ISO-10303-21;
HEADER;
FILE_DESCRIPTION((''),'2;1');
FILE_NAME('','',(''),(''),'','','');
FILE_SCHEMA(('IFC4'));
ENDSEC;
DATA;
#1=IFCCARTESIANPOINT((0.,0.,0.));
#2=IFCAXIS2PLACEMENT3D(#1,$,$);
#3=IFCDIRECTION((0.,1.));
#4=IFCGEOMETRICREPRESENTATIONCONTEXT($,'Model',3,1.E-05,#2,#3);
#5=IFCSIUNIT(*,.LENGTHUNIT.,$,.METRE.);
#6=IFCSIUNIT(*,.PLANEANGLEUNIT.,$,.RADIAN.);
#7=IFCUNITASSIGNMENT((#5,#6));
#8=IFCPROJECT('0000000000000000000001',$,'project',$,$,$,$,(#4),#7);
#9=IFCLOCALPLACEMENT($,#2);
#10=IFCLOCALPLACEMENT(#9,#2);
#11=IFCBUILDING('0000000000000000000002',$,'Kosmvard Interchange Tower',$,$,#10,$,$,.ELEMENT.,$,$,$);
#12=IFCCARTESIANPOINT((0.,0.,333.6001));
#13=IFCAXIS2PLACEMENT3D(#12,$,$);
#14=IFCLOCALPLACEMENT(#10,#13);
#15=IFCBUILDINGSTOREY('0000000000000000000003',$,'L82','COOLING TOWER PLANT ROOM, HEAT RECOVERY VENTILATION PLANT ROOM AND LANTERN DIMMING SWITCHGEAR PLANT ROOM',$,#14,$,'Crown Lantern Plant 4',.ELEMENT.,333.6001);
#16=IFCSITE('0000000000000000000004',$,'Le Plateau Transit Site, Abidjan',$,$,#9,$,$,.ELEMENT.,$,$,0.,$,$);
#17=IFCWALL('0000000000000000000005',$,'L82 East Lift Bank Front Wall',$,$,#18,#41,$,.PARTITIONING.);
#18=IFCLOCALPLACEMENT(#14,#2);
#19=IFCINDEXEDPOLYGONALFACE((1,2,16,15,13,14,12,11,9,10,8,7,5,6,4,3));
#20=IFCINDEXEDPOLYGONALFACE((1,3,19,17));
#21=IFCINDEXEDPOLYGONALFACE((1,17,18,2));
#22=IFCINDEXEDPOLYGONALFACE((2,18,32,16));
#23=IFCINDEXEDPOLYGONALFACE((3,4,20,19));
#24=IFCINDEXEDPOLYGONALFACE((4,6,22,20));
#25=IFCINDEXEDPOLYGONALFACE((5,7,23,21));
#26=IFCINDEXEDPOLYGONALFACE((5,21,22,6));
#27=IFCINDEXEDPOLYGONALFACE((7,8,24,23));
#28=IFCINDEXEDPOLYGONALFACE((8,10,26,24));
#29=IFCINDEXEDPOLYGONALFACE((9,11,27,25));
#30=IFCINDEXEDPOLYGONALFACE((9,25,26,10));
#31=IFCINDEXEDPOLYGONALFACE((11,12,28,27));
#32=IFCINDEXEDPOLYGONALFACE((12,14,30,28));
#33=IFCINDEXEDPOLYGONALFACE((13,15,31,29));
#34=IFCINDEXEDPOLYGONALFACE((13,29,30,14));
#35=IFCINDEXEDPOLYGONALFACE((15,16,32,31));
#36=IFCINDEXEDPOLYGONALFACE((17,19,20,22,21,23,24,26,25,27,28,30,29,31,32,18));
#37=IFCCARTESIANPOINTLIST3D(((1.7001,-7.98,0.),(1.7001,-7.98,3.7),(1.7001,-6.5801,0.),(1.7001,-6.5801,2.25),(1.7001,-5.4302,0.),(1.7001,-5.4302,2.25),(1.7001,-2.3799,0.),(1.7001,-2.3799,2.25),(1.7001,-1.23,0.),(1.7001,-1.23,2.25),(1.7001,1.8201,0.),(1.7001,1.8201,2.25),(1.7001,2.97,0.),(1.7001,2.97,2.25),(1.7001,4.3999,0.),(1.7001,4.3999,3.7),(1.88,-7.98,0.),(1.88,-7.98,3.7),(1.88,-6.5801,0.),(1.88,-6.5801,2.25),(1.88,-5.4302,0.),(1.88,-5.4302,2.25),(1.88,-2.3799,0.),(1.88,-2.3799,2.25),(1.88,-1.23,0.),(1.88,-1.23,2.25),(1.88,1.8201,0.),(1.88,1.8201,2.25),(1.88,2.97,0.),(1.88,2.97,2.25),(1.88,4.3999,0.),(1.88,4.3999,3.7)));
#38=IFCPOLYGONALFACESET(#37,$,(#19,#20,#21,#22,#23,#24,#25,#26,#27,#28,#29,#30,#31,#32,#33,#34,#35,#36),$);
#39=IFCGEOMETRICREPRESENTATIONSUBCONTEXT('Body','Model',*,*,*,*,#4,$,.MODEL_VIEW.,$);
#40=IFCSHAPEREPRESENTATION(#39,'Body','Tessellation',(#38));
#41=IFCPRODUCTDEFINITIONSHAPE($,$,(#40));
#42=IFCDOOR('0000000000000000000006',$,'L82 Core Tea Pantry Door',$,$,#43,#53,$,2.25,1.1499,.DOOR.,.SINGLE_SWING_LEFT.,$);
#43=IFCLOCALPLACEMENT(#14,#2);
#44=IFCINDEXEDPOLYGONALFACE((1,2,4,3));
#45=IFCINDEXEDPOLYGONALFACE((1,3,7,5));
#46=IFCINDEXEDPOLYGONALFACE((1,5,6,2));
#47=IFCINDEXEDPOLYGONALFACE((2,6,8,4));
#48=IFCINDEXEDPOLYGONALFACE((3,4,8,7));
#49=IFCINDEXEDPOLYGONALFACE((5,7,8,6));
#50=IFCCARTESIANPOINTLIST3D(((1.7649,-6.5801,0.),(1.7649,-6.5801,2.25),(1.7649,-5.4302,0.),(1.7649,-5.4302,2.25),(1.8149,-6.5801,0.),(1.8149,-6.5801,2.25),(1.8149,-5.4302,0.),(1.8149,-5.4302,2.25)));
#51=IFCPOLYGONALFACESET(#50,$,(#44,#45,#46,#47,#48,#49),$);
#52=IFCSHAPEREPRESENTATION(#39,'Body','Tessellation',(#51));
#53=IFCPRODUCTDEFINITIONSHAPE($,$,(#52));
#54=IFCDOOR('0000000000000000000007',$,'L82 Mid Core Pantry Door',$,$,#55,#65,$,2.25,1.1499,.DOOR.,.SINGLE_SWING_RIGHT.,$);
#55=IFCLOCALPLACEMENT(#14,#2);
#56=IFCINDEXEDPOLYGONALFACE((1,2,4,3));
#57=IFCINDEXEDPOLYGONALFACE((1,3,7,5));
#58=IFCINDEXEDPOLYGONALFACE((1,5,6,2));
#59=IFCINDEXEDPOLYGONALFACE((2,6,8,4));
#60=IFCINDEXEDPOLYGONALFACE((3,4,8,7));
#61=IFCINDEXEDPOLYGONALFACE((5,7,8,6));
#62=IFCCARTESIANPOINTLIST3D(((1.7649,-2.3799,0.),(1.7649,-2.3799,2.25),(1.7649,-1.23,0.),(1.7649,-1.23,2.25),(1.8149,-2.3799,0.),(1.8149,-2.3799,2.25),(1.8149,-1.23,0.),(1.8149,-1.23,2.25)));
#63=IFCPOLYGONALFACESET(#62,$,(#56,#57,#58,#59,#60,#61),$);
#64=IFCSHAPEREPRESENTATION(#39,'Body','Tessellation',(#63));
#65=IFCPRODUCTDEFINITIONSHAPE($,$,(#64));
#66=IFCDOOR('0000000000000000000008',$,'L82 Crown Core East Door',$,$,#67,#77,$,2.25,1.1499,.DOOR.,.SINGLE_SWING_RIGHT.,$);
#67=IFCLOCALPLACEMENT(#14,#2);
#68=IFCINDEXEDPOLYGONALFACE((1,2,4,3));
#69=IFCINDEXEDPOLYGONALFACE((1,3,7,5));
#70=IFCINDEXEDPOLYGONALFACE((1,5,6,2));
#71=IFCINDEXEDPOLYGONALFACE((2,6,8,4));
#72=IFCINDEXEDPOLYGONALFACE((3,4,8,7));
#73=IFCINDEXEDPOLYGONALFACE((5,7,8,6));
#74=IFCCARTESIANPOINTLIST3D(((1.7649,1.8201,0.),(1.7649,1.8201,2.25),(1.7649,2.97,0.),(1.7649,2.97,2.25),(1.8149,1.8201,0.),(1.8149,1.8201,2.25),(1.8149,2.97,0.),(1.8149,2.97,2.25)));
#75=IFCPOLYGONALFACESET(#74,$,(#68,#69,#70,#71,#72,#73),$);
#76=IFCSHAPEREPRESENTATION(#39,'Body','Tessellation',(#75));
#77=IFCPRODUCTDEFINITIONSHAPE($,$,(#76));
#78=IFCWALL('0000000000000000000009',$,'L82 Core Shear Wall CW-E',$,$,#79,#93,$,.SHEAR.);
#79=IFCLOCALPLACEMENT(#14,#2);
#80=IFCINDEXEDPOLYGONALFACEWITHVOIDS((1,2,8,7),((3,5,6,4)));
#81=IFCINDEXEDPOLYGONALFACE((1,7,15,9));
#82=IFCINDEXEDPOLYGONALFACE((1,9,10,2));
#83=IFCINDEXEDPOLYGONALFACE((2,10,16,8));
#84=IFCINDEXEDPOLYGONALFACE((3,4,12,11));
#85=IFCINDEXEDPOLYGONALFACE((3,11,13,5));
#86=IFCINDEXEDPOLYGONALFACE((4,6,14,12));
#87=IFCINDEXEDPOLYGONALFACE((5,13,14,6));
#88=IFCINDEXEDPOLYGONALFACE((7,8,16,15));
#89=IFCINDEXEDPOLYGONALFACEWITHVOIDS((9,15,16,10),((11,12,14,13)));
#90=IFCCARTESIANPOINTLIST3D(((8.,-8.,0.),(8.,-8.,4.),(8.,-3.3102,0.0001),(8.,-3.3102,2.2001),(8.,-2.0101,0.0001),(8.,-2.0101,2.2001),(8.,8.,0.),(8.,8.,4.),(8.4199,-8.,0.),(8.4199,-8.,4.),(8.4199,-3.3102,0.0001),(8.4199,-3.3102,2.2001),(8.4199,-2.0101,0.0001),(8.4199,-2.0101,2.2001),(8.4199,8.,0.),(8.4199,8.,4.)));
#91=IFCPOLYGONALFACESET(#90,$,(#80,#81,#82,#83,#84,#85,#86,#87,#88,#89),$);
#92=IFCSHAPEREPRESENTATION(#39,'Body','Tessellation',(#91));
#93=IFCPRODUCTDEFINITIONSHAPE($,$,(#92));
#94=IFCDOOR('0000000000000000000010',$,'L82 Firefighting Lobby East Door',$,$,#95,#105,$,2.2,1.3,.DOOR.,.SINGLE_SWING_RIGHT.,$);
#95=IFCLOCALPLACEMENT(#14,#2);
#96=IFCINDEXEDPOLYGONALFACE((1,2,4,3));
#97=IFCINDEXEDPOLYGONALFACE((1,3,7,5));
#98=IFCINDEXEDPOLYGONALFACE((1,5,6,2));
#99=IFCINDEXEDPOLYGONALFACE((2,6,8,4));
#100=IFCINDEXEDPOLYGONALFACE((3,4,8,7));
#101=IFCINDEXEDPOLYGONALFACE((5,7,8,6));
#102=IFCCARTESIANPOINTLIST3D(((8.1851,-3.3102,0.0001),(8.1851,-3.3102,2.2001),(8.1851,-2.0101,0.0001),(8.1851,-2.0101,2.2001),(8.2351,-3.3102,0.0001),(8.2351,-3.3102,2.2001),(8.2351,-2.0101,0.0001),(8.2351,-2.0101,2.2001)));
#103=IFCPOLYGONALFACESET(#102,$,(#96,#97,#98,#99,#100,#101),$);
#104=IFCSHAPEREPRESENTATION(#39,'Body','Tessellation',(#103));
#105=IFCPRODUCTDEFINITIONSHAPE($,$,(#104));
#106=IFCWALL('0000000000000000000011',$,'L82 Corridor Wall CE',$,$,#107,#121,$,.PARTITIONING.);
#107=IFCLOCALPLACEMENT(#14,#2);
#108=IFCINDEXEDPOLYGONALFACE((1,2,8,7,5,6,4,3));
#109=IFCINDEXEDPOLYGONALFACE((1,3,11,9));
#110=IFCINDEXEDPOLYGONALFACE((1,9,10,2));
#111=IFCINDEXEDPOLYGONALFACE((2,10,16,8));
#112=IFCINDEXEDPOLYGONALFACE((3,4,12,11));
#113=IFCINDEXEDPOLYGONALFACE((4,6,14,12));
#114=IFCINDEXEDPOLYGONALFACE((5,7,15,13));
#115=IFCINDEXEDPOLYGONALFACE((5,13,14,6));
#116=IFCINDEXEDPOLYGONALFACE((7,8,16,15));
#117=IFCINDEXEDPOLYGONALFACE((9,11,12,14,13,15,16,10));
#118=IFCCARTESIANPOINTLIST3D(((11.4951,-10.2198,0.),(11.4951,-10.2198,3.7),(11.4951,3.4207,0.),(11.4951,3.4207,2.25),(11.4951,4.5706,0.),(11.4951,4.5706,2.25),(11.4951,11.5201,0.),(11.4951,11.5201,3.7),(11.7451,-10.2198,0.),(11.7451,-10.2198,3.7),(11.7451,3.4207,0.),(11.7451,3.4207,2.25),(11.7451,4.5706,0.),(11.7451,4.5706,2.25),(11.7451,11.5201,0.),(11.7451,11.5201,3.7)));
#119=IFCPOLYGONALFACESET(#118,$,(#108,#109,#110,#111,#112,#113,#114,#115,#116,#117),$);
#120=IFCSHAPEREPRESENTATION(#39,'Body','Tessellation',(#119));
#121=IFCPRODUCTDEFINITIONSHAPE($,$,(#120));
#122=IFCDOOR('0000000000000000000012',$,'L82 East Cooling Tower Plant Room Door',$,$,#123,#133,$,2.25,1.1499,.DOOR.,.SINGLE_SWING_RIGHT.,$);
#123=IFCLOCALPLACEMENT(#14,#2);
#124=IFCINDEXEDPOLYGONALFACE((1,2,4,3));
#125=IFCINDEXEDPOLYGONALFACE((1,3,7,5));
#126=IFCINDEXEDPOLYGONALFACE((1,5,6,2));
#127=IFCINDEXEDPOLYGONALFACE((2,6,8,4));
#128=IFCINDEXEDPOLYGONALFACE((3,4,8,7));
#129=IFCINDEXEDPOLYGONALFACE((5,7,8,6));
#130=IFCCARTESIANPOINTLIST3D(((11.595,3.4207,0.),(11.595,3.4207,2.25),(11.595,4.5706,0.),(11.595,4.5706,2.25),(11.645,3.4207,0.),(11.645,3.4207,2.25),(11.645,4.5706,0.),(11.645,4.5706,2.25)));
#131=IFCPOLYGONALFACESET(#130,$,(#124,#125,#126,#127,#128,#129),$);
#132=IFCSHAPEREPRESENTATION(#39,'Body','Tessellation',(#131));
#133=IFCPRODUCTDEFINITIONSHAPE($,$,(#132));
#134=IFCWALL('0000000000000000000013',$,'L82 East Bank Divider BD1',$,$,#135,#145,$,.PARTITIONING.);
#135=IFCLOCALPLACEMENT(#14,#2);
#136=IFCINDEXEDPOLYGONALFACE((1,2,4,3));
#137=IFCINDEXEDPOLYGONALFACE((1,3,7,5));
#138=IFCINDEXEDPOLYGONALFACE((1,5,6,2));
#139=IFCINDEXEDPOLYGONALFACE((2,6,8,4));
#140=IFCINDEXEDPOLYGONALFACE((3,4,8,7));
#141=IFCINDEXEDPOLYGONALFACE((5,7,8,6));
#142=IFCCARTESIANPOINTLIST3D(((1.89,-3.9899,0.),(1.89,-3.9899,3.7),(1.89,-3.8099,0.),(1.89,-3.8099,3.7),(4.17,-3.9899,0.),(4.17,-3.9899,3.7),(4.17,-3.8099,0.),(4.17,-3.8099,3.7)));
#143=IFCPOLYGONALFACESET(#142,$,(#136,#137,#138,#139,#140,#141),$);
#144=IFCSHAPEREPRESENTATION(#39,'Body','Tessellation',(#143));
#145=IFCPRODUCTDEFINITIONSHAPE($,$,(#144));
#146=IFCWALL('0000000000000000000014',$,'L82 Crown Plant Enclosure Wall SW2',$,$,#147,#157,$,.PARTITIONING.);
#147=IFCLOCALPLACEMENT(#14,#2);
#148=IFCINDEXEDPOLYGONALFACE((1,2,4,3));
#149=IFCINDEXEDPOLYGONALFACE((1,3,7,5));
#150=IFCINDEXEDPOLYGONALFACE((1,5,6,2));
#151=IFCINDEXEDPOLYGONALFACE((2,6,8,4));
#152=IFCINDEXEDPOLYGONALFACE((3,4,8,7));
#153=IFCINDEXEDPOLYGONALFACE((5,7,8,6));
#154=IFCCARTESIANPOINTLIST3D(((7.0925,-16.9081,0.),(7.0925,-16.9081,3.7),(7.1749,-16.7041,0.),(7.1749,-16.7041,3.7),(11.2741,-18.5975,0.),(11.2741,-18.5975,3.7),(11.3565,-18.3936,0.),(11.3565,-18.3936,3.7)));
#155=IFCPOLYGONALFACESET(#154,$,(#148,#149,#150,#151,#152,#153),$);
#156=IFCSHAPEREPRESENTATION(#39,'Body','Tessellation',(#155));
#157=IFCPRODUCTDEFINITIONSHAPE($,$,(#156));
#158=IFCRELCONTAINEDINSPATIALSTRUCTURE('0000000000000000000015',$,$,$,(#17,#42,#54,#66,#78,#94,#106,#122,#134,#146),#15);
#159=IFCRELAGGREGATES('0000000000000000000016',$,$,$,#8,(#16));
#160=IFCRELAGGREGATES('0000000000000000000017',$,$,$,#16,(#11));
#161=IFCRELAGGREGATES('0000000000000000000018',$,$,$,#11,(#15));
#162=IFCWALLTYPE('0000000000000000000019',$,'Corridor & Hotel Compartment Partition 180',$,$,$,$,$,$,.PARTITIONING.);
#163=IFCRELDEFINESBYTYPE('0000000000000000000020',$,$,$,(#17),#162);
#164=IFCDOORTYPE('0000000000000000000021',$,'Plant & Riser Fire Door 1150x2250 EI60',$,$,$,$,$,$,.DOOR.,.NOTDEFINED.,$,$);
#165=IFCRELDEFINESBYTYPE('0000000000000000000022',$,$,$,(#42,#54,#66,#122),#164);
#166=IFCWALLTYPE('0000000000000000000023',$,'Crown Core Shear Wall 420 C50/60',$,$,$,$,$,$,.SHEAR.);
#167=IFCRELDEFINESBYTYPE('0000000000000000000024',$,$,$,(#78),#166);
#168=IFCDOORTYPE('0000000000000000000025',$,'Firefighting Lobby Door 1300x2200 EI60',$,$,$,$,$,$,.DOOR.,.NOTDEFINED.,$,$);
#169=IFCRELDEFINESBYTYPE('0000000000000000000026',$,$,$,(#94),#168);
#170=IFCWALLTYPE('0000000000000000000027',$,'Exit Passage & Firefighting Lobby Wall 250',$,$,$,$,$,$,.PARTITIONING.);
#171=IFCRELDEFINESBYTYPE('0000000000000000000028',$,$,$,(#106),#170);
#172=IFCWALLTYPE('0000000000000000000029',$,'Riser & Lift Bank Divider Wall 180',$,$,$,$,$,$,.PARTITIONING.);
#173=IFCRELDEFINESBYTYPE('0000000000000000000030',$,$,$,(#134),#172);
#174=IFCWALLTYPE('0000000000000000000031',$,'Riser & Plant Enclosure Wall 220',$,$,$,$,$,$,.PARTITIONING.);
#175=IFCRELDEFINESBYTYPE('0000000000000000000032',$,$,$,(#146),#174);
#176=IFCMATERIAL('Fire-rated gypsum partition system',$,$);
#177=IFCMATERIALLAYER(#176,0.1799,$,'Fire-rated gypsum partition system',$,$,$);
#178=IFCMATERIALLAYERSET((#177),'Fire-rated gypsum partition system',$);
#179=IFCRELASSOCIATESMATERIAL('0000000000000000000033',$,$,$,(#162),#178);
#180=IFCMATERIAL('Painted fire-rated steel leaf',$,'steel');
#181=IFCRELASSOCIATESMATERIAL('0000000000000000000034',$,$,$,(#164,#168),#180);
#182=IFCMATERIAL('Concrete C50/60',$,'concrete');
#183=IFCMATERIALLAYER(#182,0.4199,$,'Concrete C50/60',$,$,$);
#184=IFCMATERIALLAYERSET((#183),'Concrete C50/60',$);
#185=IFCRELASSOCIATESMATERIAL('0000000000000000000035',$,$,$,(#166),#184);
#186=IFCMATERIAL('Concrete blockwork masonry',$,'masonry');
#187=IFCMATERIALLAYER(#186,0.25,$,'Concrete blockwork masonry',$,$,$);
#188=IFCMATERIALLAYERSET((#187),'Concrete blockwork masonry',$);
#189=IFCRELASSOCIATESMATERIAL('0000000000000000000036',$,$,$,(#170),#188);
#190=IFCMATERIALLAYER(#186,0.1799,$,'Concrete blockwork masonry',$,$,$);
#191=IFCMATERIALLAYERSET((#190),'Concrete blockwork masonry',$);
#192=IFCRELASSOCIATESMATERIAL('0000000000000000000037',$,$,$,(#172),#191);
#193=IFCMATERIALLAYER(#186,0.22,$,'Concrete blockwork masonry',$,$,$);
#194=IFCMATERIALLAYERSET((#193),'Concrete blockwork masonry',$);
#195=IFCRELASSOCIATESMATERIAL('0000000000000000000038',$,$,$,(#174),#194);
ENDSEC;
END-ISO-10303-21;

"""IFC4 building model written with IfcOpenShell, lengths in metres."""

from ifc_helpers import new_model, si_unit, direction, frame, frame_2d, origin, place, context, subcontext, project, spatial, rectangle, extrude, source, transform, mapped, material, layer, layer_set, type_object, element, fill, save


model = new_model("IFC4")

# Units and contexts
model_context = context("Model", 3, precision=1e-05, world=origin(), true_north=direction((0.0, 1.0)))
body_context = subcontext(model_context, "Body", "Model", "MODEL_VIEW")
ifc_project = project(units=[si_unit("LENGTHUNIT", "METRE"), si_unit("PLANEANGLEUNIT", "RADIAN")], contexts=[model_context])

# Site, building, storey
site_placement = place(None, origin())
site = spatial("IfcSite", under=ifc_project, at=site_placement, Name="Le Plateau Transit Site, Abidjan", CompositionType="ELEMENT", RefElevation=0.0)
building_placement = place(site_placement, origin())
building = spatial("IfcBuilding", under=site, at=building_placement, Name="Kosmvard Interchange Tower", CompositionType="ELEMENT")
storey_placement = place(building_placement, frame((0.0, 0.0, 333.6001)))
storey = spatial("IfcBuildingStorey", under=building, at=storey_placement, Name="L82", Description="COOLING TOWER PLANT ROOM, HEAT RECOVERY VENTILATION PLANT ROOM AND LANTERN DIMMING SWITCHGEAR PLANT ROOM", LongName="Crown Lantern Plant 4", CompositionType="ELEMENT", Elevation=333.6001)

# Shared definitions
ifc_material_1 = material(Name="Concrete C50/60", Category="concrete")

# Wall, openings, doors
ifc_material_2 = material(Name="Fire-rated gypsum partition system")
ifc_layer_1 = layer(ifc_material_2, 0.1799, Name="Fire-rated gypsum partition system")
ifc_layer_set_1 = layer_set([ifc_layer_1], Name="Fire-rated gypsum partition system")
wall_type_1 = type_object("IfcWallType", Name="Corridor & Hotel Compartment Partition 180", PredefinedType="PARTITIONING", material=ifc_layer_set_1)
wall_1_placement = place(storey_placement, frame((1.79, -7.98, 0.0), z_axis=(0.0, 0.0, 1.0), x_axis=(0.0, 1.0, 0.0)))
wall_1 = element("IfcWall", 1, at=wall_1_placement, inside=storey, type_object=wall_type_1, Name="L82 East Lift Bank Front Wall", PredefinedType="PARTITIONING", context=body_context, shape_type="SweptSolid", body=[
    extrude(rectangle(XDim=12.3799, YDim=0.1799, at=frame_2d((6.1899, 0.0))), origin(), (0.0, 0.0, 1.0), 3.7),
])
opening_1_placement = place(wall_1_placement, frame((1.3999, 0.0, 0.0)))
opening_1 = element("IfcOpeningElement", 2, at=opening_1_placement, cuts=wall_1, PredefinedType="OPENING", context=body_context, shape_type="SweptSolid", body=[
    extrude(rectangle(XDim=1.1499, YDim=2.25, at=frame_2d((0.575, 1.125))), frame((0.0, 0.1001, 0.0), z_axis=(0.0, -1.0, 0.0), x_axis=(1.0, 0.0, 0.0)), (0.0, 0.0, 1.0), 0.2),
])
opening_2_placement = place(wall_1_placement, frame((5.6001, 0.0, 0.0)))
opening_2 = element("IfcOpeningElement", 3, at=opening_2_placement, cuts=wall_1, PredefinedType="OPENING", context=body_context, shape_type="SweptSolid", body=[
    extrude(rectangle(XDim=1.1499, YDim=2.25, at=frame_2d((0.575, 1.125))), frame((0.0, 0.1001, 0.0), z_axis=(0.0, -1.0, 0.0), x_axis=(1.0, 0.0, 0.0)), (0.0, 0.0, 1.0), 0.2),
])
opening_3_placement = place(wall_1_placement, frame((9.8, 0.0, 0.0)))
opening_3 = element("IfcOpeningElement", 4, at=opening_3_placement, cuts=wall_1, PredefinedType="OPENING", context=body_context, shape_type="SweptSolid", body=[
    extrude(rectangle(XDim=1.1499, YDim=2.25, at=frame_2d((0.575, 1.125))), frame((0.0, 0.1001, 0.0), z_axis=(0.0, -1.0, 0.0), x_axis=(1.0, 0.0, 0.0)), (0.0, 0.0, 1.0), 0.2),
])
ifc_material_3 = material(Name="Painted fire-rated steel leaf", Category="steel")
door_type_1 = type_object("IfcDoorType", Name="Plant & Riser Fire Door 1150x2250 EI60", OperationType="NOTDEFINED", PredefinedType="DOOR", material=ifc_material_3)
shared_shape_1 = source(origin(), body_context, "Body", "SweptSolid", [
    extrude(rectangle(XDim=1.1499, YDim=2.25, at=frame_2d((0.575, 1.125))), frame((0.0, 0.0249, 0.0), z_axis=(0.0, -1.0, 0.0), x_axis=(1.0, 0.0, 0.0)), (0.0, 0.0, 1.0), 0.05),
])
door_1_placement = place(opening_1_placement, frame((1.1499, 0.0, 0.0), z_axis=(0.0, 0.0, 1.0), x_axis=(-1.0, 0.0, 0.0)))
door_1 = element("IfcDoor", 5, at=door_1_placement, inside=storey, type_object=door_type_1, Name="L82 Core Tea Pantry Door", OperationType="SINGLE_SWING_LEFT", OverallHeight=2.25, OverallWidth=1.1499, PredefinedType="DOOR", context=body_context, shape_type="MappedRepresentation", body=[
    mapped(shared_shape_1, transform((0.0, 0.0, 0.0), scale=1.0)),
])
fill(opening_1, door_1)
door_2_placement = place(opening_2_placement, frame((1.1499, 0.0, 0.0), z_axis=(0.0, 0.0, 1.0), x_axis=(-1.0, 0.0, 0.0)))
door_2 = element("IfcDoor", 6, at=door_2_placement, inside=storey, type_object=door_type_1, Name="L82 Mid Core Pantry Door", OperationType="SINGLE_SWING_RIGHT", OverallHeight=2.25, OverallWidth=1.1499, PredefinedType="DOOR", context=body_context, shape_type="MappedRepresentation", body=[
    mapped(shared_shape_1, transform((0.0, 0.0, 0.0), scale=1.0)),
])
fill(opening_2, door_2)
door_3_placement = place(opening_3_placement, frame((1.1499, 0.0, 0.0), z_axis=(0.0, 0.0, 1.0), x_axis=(-1.0, 0.0, 0.0)))
door_3 = element("IfcDoor", 7, at=door_3_placement, inside=storey, type_object=door_type_1, Name="L82 Crown Core East Door", OperationType="SINGLE_SWING_RIGHT", OverallHeight=2.25, OverallWidth=1.1499, PredefinedType="DOOR", context=body_context, shape_type="MappedRepresentation", body=[
    mapped(shared_shape_1, transform((0.0, 0.0, 0.0), scale=1.0)),
])
fill(opening_3, door_3)

# Walls, openings, doors
ifc_layer_2 = layer(ifc_material_1, 0.4199, Name="Concrete C50/60")
ifc_layer_set_2 = layer_set([ifc_layer_2], Name="Concrete C50/60")
wall_type_2 = type_object("IfcWallType", Name="Crown Core Shear Wall 420 C50/60", PredefinedType="SHEAR", material=ifc_layer_set_2)
wall_2_placement = place(storey_placement, frame((8.21, -8.0, 0.0), z_axis=(0.0, 0.0, 1.0), x_axis=(0.0, 1.0, 0.0)))
wall_2 = element("IfcWall", 8, at=wall_2_placement, inside=storey, type_object=wall_type_2, Name="L82 Core Shear Wall CW-E", PredefinedType="SHEAR", context=body_context, shape_type="SweptSolid", body=[
    extrude(rectangle(XDim=16.0, YDim=0.4199, at=frame_2d((8.0, 0.0))), origin(), (0.0, 0.0, 1.0), 4.0),
])
opening_4_placement = place(wall_2_placement, frame((4.6899, 0.0, 0.0)))
opening_4 = element("IfcOpeningElement", 9, at=opening_4_placement, cuts=wall_2, PredefinedType="OPENING", context=body_context, shape_type="SweptSolid", body=[
    extrude(rectangle(XDim=1.3, YDim=2.2, at=frame_2d((0.6499, 1.1001))), frame((0.0, 0.22, 0.0), z_axis=(0.0, -1.0, 0.0), x_axis=(1.0, 0.0, 0.0)), (0.0, 0.0, 1.0), 0.4399),
])
door_type_2 = type_object("IfcDoorType", Name="Firefighting Lobby Door 1300x2200 EI60", OperationType="NOTDEFINED", PredefinedType="DOOR", material=ifc_material_3)
shared_shape_2 = source(origin(), body_context, "Body", "SweptSolid", [
    extrude(rectangle(XDim=1.3, YDim=2.2, at=frame_2d((0.6499, 1.1001))), frame((0.0, 0.0249, 0.0), z_axis=(0.0, -1.0, 0.0), x_axis=(1.0, 0.0, 0.0)), (0.0, 0.0, 1.0), 0.05),
])
door_4_placement = place(opening_4_placement, origin())
door_4 = element("IfcDoor", 10, at=door_4_placement, inside=storey, type_object=door_type_2, Name="L82 Firefighting Lobby East Door", OperationType="SINGLE_SWING_RIGHT", OverallHeight=2.2, OverallWidth=1.3, PredefinedType="DOOR", context=body_context, shape_type="MappedRepresentation", body=[
    mapped(shared_shape_2, transform((0.0, 0.0, 0.0), scale=1.0)),
])
fill(opening_4, door_4)
ifc_material_4 = material(Name="Concrete blockwork masonry", Category="masonry")
ifc_layer_3 = layer(ifc_material_4, 0.25, Name="Concrete blockwork masonry")
ifc_layer_set_3 = layer_set([ifc_layer_3], Name="Concrete blockwork masonry")
wall_type_3 = type_object("IfcWallType", Name="Exit Passage & Firefighting Lobby Wall 250", PredefinedType="PARTITIONING", material=ifc_layer_set_3)
wall_3_placement = place(storey_placement, frame((11.6201, -10.22, 0.0), z_axis=(0.0, 0.0, 1.0), x_axis=(0.0, 1.0, 0.0)))
wall_3 = element("IfcWall", 11, at=wall_3_placement, inside=storey, type_object=wall_type_3, Name="L82 Corridor Wall CE", PredefinedType="PARTITIONING", context=body_context, shape_type="SweptSolid", body=[
    extrude(rectangle(XDim=21.74, YDim=0.25, at=frame_2d((10.8701, 0.0))), origin(), (0.0, 0.0, 1.0), 3.7),
])
opening_5_placement = place(wall_3_placement, frame((13.6406, 0.0, 0.0)))
opening_5 = element("IfcOpeningElement", 12, at=opening_5_placement, cuts=wall_3, PredefinedType="OPENING", context=body_context, shape_type="SweptSolid", body=[
    extrude(rectangle(XDim=1.1499, YDim=2.25, at=frame_2d((0.575, 1.125))), frame((0.0, 0.135, 0.0), z_axis=(0.0, -1.0, 0.0), x_axis=(1.0, 0.0, 0.0)), (0.0, 0.0, 1.0), 0.27),
])
door_5_placement = place(opening_5_placement, frame((1.1499, 0.0, 0.0), z_axis=(0.0, 0.0, 1.0), x_axis=(-1.0, 0.0, 0.0)))
door_5 = element("IfcDoor", 13, at=door_5_placement, inside=storey, type_object=door_type_1, Name="L82 East Cooling Tower Plant Room Door", OperationType="SINGLE_SWING_RIGHT", OverallHeight=2.25, OverallWidth=1.1499, PredefinedType="DOOR", context=body_context, shape_type="MappedRepresentation", body=[
    mapped(shared_shape_1, transform((0.0, 0.0, 0.0), scale=1.0)),
])
fill(opening_5, door_5)

# Walls
ifc_layer_4 = layer(ifc_material_4, 0.1799, Name="Concrete blockwork masonry")
ifc_layer_set_4 = layer_set([ifc_layer_4], Name="Concrete blockwork masonry")
wall_type_4 = type_object("IfcWallType", Name="Riser & Lift Bank Divider Wall 180", PredefinedType="PARTITIONING", material=ifc_layer_set_4)
wall_4_placement = place(storey_placement, frame((1.8899, -3.8999, 0.0), z_axis=(0.0, 0.0, 1.0), x_axis=(1.0, 0.0, 0.0)))
element("IfcWall", 14, at=wall_4_placement, inside=storey, type_object=wall_type_4, Name="L82 East Bank Divider BD1", PredefinedType="PARTITIONING", context=body_context, shape_type="SweptSolid", body=[
    extrude(rectangle(XDim=2.28, YDim=0.1799, at=frame_2d((1.1401, 0.0))), origin(), (0.0, 0.0, 1.0), 3.7),
])
ifc_layer_5 = layer(ifc_material_4, 0.22, Name="Concrete blockwork masonry")
ifc_layer_set_5 = layer_set([ifc_layer_5], Name="Concrete blockwork masonry")
wall_type_5 = type_object("IfcWallType", Name="Riser & Plant Enclosure Wall 220", PredefinedType="PARTITIONING", material=ifc_layer_set_5)
wall_5_placement = place(storey_placement, frame((7.1338, -16.8062, 0.0), z_axis=(0.0, 0.0, 1.0), x_axis=(0.927187, -0.374599, 0.0)))
element("IfcWall", 15, at=wall_5_placement, inside=storey, type_object=wall_type_5, Name="L82 Crown Plant Enclosure Wall SW2", PredefinedType="PARTITIONING", context=body_context, shape_type="SweptSolid", body=[
    extrude(rectangle(XDim=4.51, YDim=0.22, at=frame_2d((2.2549, 0.0))), origin(), (0.0, 0.0, 1.0), 3.7),
])

save(model, "model.ifc")
